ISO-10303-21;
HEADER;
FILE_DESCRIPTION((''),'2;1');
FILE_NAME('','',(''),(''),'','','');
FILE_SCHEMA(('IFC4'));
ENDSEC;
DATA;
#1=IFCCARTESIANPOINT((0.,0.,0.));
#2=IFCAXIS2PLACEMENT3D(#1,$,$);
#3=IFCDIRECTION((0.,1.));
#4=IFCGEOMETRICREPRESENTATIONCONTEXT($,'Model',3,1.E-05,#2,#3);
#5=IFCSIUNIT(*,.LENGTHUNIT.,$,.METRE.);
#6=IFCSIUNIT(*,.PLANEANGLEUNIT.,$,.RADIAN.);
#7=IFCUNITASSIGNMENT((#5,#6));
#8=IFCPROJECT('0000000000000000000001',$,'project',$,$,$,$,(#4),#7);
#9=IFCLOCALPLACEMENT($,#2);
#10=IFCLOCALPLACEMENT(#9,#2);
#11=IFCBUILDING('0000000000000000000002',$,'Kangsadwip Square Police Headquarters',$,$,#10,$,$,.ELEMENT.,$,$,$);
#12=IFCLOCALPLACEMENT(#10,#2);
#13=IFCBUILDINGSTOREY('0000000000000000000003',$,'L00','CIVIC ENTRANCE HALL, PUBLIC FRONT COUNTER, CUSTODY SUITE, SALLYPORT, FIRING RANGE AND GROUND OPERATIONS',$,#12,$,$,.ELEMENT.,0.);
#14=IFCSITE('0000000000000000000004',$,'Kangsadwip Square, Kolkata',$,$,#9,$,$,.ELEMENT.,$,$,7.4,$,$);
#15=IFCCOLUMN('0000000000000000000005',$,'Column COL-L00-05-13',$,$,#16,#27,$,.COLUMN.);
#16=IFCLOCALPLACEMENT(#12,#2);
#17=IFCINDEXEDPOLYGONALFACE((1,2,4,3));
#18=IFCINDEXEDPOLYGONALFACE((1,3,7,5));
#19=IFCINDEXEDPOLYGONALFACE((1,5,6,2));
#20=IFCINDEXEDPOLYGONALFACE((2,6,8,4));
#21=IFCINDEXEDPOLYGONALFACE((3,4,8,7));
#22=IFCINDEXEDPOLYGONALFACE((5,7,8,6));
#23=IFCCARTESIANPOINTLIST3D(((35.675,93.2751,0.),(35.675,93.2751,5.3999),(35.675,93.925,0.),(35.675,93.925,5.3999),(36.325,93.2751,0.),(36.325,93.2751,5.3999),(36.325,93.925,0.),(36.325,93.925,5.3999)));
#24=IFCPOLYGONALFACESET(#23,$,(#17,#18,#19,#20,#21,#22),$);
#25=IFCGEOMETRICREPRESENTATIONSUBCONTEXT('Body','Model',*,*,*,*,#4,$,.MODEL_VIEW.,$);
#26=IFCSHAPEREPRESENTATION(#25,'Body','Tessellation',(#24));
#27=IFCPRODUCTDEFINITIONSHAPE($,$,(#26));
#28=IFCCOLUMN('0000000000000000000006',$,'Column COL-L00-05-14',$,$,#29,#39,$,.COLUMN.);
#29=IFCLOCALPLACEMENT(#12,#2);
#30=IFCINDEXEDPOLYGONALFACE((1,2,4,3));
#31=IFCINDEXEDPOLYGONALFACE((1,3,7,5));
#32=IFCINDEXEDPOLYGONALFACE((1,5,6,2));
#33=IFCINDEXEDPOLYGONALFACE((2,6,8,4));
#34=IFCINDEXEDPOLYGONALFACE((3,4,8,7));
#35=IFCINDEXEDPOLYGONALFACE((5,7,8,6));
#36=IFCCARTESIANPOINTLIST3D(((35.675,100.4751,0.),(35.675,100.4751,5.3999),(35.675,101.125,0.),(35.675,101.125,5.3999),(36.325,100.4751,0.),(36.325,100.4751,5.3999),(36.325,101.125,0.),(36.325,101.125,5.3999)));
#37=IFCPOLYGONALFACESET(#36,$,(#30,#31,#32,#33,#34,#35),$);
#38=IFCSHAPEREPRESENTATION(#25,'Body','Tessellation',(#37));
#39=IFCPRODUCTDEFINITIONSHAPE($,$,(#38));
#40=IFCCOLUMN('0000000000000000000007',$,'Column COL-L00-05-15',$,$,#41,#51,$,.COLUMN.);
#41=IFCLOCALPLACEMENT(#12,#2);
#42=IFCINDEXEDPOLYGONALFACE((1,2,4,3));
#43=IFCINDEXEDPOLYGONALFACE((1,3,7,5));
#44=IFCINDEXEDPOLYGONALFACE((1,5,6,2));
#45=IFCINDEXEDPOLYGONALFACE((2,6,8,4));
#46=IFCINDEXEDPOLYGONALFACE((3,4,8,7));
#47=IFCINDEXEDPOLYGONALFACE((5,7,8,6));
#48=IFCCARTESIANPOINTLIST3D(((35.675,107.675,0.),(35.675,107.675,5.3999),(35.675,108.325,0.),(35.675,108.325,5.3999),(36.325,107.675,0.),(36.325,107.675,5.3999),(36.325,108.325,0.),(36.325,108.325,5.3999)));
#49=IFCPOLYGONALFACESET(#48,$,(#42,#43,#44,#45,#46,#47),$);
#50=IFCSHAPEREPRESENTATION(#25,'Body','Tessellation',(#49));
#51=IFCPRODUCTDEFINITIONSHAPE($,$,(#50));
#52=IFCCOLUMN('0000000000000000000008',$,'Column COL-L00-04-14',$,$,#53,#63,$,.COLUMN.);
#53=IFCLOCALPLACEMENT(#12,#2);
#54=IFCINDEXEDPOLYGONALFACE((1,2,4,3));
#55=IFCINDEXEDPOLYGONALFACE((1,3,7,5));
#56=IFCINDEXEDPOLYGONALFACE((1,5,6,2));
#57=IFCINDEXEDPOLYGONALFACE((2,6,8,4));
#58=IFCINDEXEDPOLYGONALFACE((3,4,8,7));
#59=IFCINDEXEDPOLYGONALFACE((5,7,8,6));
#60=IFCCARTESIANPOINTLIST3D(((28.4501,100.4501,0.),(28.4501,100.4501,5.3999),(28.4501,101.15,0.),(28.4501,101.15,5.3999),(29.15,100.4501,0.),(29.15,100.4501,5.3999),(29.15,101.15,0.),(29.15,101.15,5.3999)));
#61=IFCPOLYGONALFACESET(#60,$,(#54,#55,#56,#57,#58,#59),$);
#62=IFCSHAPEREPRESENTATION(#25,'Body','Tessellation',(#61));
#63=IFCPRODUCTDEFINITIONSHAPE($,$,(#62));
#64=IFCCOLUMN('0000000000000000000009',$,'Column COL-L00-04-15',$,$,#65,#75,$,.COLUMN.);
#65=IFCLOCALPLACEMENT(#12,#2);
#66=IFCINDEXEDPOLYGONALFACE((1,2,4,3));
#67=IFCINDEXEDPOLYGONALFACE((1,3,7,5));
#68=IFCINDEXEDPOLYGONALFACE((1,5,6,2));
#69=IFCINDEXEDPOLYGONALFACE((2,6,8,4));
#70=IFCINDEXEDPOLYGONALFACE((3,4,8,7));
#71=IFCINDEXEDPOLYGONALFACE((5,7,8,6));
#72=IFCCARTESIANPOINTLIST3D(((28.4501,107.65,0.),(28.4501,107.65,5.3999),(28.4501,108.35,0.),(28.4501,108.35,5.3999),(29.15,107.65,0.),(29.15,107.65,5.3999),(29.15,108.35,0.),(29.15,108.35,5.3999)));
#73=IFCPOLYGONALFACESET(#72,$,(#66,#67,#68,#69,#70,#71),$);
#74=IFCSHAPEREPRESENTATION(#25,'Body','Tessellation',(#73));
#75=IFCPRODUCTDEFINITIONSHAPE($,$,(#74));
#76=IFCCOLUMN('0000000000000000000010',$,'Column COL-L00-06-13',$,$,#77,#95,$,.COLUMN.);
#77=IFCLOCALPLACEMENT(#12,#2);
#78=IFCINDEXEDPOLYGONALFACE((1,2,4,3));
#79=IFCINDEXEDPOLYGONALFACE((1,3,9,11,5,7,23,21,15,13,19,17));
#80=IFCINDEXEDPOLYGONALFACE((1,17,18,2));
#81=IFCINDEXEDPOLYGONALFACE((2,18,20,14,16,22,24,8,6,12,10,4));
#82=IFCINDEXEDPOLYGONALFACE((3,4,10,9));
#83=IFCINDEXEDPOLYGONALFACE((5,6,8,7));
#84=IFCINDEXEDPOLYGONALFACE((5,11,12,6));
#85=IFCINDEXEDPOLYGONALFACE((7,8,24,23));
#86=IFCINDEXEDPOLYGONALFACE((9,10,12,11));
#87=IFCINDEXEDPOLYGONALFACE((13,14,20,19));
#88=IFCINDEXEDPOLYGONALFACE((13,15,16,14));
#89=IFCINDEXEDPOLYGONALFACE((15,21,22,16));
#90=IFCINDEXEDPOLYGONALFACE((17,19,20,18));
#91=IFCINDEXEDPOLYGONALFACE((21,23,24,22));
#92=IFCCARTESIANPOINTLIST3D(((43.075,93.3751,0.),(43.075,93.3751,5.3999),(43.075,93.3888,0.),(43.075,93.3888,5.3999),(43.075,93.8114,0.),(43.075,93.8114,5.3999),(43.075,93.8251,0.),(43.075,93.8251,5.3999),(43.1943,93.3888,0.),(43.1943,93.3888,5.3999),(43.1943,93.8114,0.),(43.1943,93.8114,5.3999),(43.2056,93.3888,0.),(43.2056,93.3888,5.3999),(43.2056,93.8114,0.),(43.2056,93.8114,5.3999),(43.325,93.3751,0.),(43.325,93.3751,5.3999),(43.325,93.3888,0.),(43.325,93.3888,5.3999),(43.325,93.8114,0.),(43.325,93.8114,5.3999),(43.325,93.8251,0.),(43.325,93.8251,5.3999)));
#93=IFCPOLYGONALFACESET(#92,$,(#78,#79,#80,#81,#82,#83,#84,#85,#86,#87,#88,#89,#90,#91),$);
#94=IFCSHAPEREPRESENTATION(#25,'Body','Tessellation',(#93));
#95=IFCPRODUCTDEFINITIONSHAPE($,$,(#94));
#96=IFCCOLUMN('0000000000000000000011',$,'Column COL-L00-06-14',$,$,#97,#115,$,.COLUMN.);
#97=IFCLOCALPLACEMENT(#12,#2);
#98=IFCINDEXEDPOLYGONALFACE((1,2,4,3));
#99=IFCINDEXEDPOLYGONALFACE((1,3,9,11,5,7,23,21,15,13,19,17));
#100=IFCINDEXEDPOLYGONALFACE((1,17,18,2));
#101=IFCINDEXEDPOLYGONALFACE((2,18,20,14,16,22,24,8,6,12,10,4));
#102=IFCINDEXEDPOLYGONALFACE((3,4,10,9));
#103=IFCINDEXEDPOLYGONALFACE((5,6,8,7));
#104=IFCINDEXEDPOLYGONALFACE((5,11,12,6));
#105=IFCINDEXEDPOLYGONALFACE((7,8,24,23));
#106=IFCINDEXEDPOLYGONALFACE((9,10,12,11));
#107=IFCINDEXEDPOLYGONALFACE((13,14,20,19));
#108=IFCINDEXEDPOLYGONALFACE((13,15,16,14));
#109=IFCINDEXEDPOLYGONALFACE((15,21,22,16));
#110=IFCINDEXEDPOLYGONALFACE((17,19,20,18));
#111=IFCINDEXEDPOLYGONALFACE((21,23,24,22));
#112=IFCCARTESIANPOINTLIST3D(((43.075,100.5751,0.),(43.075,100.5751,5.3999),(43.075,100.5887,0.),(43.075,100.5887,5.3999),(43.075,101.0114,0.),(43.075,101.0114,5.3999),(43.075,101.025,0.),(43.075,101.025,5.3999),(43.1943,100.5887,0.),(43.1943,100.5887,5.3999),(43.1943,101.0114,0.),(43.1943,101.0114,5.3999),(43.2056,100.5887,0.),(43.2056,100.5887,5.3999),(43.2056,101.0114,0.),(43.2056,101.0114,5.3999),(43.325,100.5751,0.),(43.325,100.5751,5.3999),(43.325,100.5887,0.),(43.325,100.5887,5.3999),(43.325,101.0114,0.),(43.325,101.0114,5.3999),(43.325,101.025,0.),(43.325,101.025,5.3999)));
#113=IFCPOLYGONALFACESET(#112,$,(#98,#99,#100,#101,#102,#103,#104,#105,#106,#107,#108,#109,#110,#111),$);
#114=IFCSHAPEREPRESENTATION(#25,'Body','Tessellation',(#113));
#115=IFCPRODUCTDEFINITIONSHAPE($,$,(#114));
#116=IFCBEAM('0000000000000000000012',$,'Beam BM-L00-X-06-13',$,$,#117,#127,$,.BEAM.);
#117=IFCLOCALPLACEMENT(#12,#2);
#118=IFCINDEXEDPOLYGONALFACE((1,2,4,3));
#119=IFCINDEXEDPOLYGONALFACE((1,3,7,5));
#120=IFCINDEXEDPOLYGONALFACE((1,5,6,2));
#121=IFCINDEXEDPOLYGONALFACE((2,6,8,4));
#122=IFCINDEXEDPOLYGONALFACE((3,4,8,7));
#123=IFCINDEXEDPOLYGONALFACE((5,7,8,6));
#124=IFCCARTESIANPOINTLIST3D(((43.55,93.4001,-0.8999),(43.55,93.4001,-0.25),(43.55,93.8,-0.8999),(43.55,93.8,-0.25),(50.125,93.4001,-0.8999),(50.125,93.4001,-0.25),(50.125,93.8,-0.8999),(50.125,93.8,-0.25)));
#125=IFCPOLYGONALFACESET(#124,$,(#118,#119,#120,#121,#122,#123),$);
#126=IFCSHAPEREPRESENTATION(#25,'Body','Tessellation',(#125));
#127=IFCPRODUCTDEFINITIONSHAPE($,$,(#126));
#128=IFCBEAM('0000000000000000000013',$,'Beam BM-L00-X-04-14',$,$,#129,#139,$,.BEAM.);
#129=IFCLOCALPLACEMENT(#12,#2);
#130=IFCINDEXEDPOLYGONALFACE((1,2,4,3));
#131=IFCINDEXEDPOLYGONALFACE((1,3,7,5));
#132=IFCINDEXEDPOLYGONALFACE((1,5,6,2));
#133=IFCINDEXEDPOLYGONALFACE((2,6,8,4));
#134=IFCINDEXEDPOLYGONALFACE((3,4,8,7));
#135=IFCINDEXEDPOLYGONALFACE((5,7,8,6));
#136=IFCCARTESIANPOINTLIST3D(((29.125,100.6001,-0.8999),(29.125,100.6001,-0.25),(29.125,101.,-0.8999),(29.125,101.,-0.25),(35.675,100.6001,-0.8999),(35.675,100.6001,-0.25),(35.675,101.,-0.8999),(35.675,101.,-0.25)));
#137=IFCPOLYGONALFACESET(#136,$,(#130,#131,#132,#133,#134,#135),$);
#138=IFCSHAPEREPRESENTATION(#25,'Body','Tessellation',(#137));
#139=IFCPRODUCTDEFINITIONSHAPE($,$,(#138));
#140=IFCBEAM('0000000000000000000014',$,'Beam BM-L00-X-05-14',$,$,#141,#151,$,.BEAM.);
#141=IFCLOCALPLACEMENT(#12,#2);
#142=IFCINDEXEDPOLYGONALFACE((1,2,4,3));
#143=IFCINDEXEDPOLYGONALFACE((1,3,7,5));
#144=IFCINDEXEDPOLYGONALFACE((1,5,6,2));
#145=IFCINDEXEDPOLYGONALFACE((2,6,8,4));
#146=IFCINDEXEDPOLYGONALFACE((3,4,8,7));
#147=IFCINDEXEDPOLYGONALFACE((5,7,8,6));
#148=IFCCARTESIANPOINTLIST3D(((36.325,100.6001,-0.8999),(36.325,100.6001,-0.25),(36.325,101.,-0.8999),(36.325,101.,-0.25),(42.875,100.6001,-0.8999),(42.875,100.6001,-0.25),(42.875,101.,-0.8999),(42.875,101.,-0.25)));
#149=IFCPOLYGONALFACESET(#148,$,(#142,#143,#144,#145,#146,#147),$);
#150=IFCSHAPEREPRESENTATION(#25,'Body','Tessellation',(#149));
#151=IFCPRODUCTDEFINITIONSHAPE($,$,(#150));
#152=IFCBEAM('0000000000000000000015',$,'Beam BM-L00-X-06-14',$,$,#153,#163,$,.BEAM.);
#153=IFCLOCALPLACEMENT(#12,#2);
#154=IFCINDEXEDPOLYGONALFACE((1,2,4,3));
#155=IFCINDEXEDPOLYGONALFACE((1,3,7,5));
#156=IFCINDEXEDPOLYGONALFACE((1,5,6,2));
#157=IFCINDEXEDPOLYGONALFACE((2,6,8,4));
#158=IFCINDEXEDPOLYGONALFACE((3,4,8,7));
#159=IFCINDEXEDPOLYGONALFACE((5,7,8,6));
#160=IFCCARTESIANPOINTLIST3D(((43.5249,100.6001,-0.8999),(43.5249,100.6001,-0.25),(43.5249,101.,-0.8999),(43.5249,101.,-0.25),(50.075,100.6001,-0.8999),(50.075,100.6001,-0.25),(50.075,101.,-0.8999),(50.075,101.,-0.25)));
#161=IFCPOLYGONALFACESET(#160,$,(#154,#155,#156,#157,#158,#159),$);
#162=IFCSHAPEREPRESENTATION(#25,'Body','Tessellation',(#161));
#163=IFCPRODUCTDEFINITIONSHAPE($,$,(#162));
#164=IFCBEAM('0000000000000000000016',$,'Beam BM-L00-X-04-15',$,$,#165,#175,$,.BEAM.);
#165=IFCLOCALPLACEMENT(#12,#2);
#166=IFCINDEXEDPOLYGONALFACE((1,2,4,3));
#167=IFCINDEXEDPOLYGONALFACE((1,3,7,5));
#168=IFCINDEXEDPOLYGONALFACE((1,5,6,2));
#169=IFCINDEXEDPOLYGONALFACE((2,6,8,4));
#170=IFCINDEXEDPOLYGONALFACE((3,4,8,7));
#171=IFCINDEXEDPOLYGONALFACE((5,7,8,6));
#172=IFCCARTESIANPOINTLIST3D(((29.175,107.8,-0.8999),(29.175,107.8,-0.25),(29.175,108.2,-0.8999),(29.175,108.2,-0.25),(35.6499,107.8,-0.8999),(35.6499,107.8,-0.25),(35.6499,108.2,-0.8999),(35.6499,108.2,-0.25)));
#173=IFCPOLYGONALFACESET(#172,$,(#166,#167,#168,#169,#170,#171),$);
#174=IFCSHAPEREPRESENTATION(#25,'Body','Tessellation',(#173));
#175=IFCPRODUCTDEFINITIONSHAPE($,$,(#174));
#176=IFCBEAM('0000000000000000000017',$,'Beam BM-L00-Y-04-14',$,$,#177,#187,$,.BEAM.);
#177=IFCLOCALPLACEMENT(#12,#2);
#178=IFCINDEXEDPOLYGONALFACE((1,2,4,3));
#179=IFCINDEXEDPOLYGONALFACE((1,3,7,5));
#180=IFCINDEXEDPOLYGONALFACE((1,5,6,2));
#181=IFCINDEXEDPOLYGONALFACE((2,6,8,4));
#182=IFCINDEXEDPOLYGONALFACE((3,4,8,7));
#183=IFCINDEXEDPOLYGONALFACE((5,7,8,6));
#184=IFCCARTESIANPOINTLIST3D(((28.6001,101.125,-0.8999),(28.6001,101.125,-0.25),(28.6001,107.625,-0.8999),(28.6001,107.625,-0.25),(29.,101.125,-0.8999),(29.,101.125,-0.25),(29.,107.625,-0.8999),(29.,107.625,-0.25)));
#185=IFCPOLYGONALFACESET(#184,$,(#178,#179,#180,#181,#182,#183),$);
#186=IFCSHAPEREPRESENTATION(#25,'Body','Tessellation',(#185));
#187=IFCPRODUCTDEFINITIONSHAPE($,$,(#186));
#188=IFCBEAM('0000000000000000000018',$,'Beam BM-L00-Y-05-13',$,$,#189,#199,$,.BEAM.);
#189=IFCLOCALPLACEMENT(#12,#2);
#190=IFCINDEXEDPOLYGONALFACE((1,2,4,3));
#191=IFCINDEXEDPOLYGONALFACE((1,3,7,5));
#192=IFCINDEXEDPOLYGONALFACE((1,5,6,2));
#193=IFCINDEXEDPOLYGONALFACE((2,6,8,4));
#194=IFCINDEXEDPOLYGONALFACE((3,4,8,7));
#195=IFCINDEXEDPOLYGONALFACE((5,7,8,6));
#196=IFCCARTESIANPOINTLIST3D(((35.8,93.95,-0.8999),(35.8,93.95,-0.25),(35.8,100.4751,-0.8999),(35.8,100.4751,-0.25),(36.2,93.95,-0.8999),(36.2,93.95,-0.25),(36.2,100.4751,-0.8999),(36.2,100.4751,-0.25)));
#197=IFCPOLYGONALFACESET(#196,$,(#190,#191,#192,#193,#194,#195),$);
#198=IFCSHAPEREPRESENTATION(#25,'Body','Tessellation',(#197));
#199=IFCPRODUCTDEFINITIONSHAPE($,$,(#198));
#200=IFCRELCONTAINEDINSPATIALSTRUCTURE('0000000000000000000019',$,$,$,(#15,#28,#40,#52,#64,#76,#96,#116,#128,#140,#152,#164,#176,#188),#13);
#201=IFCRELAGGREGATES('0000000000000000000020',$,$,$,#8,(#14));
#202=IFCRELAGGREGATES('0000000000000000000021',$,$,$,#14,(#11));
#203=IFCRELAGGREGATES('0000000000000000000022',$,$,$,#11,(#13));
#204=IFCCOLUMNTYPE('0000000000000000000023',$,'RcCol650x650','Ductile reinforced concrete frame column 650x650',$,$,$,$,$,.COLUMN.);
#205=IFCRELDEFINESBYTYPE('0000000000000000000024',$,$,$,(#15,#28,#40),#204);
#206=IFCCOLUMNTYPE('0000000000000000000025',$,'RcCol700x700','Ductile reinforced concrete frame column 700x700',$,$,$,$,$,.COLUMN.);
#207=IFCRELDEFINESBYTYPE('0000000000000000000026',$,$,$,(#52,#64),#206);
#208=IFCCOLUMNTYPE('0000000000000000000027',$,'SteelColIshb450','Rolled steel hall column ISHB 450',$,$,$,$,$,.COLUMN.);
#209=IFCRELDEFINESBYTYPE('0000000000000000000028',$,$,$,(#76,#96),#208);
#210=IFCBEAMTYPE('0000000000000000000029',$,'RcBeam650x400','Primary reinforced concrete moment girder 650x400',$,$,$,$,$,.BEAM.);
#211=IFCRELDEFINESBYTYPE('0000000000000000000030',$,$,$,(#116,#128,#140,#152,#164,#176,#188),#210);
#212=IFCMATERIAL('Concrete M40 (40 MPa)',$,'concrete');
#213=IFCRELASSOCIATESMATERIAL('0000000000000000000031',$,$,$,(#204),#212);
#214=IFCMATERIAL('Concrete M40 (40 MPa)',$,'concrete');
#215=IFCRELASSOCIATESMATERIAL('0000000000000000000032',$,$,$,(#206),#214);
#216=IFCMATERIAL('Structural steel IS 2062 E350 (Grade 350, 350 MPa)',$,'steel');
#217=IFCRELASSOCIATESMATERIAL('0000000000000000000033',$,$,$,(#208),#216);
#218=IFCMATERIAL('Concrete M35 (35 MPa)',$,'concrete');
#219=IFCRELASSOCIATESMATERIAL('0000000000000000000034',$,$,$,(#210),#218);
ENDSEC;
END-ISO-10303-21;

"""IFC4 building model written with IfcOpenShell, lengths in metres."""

from ifc_helpers import new_model, si_unit, direction, frame, origin, origin_2d, place, context, subcontext, project, spatial, rectangle, i_section, extrude, material, material_profile, profile_set, type_object, element, save


model = new_model("IFC4")

# Units and contexts
model_context = context("Model", 3, precision=1e-05, world=origin(), true_north=direction((0.0, 1.0)))
body_context = subcontext(model_context, "Body", "Model", "MODEL_VIEW")
ifc_project = project(units=[si_unit("LENGTHUNIT", "METRE"), si_unit("PLANEANGLEUNIT", "RADIAN")], contexts=[model_context])

# Site, building, storey
site_placement = place(None, origin())
site = spatial("IfcSite", under=ifc_project, at=site_placement, Name="Kangsadwip Square, Kolkata", CompositionType="ELEMENT", RefElevation=7.4)
building_placement = place(site_placement, origin())
building = spatial("IfcBuilding", under=site, at=building_placement, Name="Kangsadwip Square Police Headquarters", CompositionType="ELEMENT")
storey_placement = place(building_placement, origin())
storey = spatial("IfcBuildingStorey", under=building, at=storey_placement, Name="L00", Description="CIVIC ENTRANCE HALL, PUBLIC FRONT COUNTER, CUSTODY SUITE, SALLYPORT, FIRING RANGE AND GROUND OPERATIONS", CompositionType="ELEMENT", Elevation=0.0)

# Columns
ifc_material_1 = material(Name="Concrete M40 (40 MPa)", Category="concrete")
ifc_material_profile_1 = material_profile(ifc_material_1, rectangle(XDim=0.6499, YDim=0.6499, at=origin_2d()), Name="RC COL 650X650")
ifc_profile_set_1 = profile_set([ifc_material_profile_1], Name="Concrete M40 (40 MPa)")
column_type_1 = type_object("IfcColumnType", Name="RcCol650x650", Description="Ductile reinforced concrete frame column 650x650", PredefinedType="COLUMN", material=ifc_profile_set_1)
for number, where, z_axis, x_axis, name in (
    (1, (36.0, 93.6001, 0.0), (0.0, 0.0, 1.0), (1.0, 0.0, 0.0), "Column COL-L00-05-13"),
    (2, (36.0, 100.8, 0.0), (0.0, 0.0, 1.0), (1.0, 0.0, 0.0), "Column COL-L00-05-14"),
    (3, (36.0, 108.0, 0.0), (0.0, 0.0, 1.0), (1.0, 0.0, 0.0), "Column COL-L00-05-15"),
):
    element("IfcColumn", number, at=place(storey_placement, frame(where, z_axis=z_axis, x_axis=x_axis)), inside=storey, type_object=column_type_1, Name=name, PredefinedType="COLUMN", context=body_context, shape_type="SweptSolid", body=[
        extrude(rectangle(XDim=0.6499, YDim=0.6499, at=origin_2d()), origin(), (0.0, 0.0, 1.0), 5.3999),
    ])
ifc_material_2 = material(Name="Concrete M40 (40 MPa)", Category="concrete")
ifc_material_profile_2 = material_profile(ifc_material_2, rectangle(XDim=0.7, YDim=0.7, at=origin_2d()), Name="RC COL 700X700")
ifc_profile_set_2 = profile_set([ifc_material_profile_2], Name="Concrete M40 (40 MPa)")
column_type_2 = type_object("IfcColumnType", Name="RcCol700x700", Description="Ductile reinforced concrete frame column 700x700", PredefinedType="COLUMN", material=ifc_profile_set_2)
for number, where, z_axis, x_axis, name in (
    (4, (28.8, 100.8, 0.0), (0.0, 0.0, 1.0), (1.0, 0.0, 0.0), "Column COL-L00-04-14"),
    (5, (28.8, 108.0, 0.0), (0.0, 0.0, 1.0), (1.0, 0.0, 0.0), "Column COL-L00-04-15"),
):
    element("IfcColumn", number, at=place(storey_placement, frame(where, z_axis=z_axis, x_axis=x_axis)), inside=storey, type_object=column_type_2, Name=name, PredefinedType="COLUMN", context=body_context, shape_type="SweptSolid", body=[
        extrude(rectangle(XDim=0.7, YDim=0.7, at=origin_2d()), origin(), (0.0, 0.0, 1.0), 5.3999),
    ])
ifc_material_3 = material(Name="Structural steel IS 2062 E350 (Grade 350, 350 MPa)", Category="steel")
ifc_material_profile_3 = material_profile(ifc_material_3, i_section(OverallWidth=0.25, OverallDepth=0.45, WebThickness=0.0112, FlangeThickness=0.0137, at=origin_2d()), Name="ISHB 450")
ifc_profile_set_3 = profile_set([ifc_material_profile_3], Name="Structural steel IS 2062 E350 (Grade 350, 350 MPa)")
column_type_3 = type_object("IfcColumnType", Name="SteelColIshb450", Description="Rolled steel hall column ISHB 450", PredefinedType="COLUMN", material=ifc_profile_set_3)
for number, where, z_axis, x_axis, name in (
    (6, (43.2, 93.6001, 0.0), (0.0, 0.0, 1.0), (1.0, 0.0, 0.0), "Column COL-L00-06-13"),
    (7, (43.2, 100.8, 0.0), (0.0, 0.0, 1.0), (1.0, 0.0, 0.0), "Column COL-L00-06-14"),
):
    element("IfcColumn", number, at=place(storey_placement, frame(where, z_axis=z_axis, x_axis=x_axis)), inside=storey, type_object=column_type_3, Name=name, PredefinedType="COLUMN", context=body_context, shape_type="SweptSolid", body=[
        extrude(i_section(OverallWidth=0.25, OverallDepth=0.45, WebThickness=0.0112, FlangeThickness=0.0137, at=origin_2d()), origin(), (0.0, 0.0, 1.0), 5.3999),
    ])

# Beams
ifc_material_4 = material(Name="Concrete M35 (35 MPa)", Category="concrete")
ifc_material_profile_4 = material_profile(ifc_material_4, rectangle(XDim=0.3999, YDim=0.6499, at=origin_2d()), Name="RC BM 650X400")
ifc_profile_set_4 = profile_set([ifc_material_profile_4], Name="Concrete M35 (35 MPa)")
beam_type_1 = type_object("IfcBeamType", Name="RcBeam650x400", Description="Primary reinforced concrete moment girder 650x400", PredefinedType="BEAM", material=ifc_profile_set_4)
beam_1_placement = place(storey_placement, frame((43.55, 93.6001, -0.575), z_axis=(1.0, 0.0, 0.0), x_axis=(0.0, 1.0, 0.0)))
element("IfcBeam", 8, at=beam_1_placement, inside=storey, type_object=beam_type_1, Name="Beam BM-L00-X-06-13", PredefinedType="BEAM", context=body_context, shape_type="SweptSolid", body=[
    extrude(rectangle(XDim=0.3999, YDim=0.6499, at=origin_2d()), origin(), (0.0, 0.0, 1.0), 6.575),
])
for number, where, z_axis, x_axis, name in (
    (9, (29.125, 100.8, -0.575), (1.0, 0.0, 0.0), (0.0, 1.0, 0.0), "Beam BM-L00-X-04-14"),
    (10, (36.325, 100.8, -0.575), (1.0, 0.0, 0.0), (0.0, 1.0, 0.0), "Beam BM-L00-X-05-14"),
    (11, (43.5249, 100.8, -0.575), (1.0, 0.0, 0.0), (0.0, 1.0, 0.0), "Beam BM-L00-X-06-14"),
):
    element("IfcBeam", number, at=place(storey_placement, frame(where, z_axis=z_axis, x_axis=x_axis)), inside=storey, type_object=beam_type_1, Name=name, PredefinedType="BEAM", context=body_context, shape_type="SweptSolid", body=[
        extrude(rectangle(XDim=0.3999, YDim=0.6499, at=origin_2d()), origin(), (0.0, 0.0, 1.0), 6.55),
    ])
beam_2_placement = place(storey_placement, frame((29.175, 108.0, -0.575), z_axis=(1.0, 0.0, 0.0), x_axis=(0.0, 1.0, 0.0)))
element("IfcBeam", 12, at=beam_2_placement, inside=storey, type_object=beam_type_1, Name="Beam BM-L00-X-04-15", PredefinedType="BEAM", context=body_context, shape_type="SweptSolid", body=[
    extrude(rectangle(XDim=0.3999, YDim=0.6499, at=origin_2d()), origin(), (0.0, 0.0, 1.0), 6.4749),
])
beam_3_placement = place(storey_placement, frame((28.8, 101.125, -0.575), z_axis=(0.0, 1.0, 0.0), x_axis=(-1.0, 0.0, 0.0)))
element("IfcBeam", 13, at=beam_3_placement, inside=storey, type_object=beam_type_1, Name="Beam BM-L00-Y-04-14", PredefinedType="BEAM", context=body_context, shape_type="SweptSolid", body=[
    extrude(rectangle(XDim=0.3999, YDim=0.6499, at=origin_2d()), origin(), (0.0, 0.0, 1.0), 6.5),
])
beam_4_placement = place(storey_placement, frame((36.0, 93.95, -0.575), z_axis=(0.0, 1.0, 0.0), x_axis=(-1.0, 0.0, 0.0)))
element("IfcBeam", 14, at=beam_4_placement, inside=storey, type_object=beam_type_1, Name="Beam BM-L00-Y-05-13", PredefinedType="BEAM", context=body_context, shape_type="SweptSolid", body=[
    extrude(rectangle(XDim=0.3999, YDim=0.6499, at=origin_2d()), origin(), (0.0, 0.0, 1.0), 6.5251),
])

save(model, "model.ifc")
